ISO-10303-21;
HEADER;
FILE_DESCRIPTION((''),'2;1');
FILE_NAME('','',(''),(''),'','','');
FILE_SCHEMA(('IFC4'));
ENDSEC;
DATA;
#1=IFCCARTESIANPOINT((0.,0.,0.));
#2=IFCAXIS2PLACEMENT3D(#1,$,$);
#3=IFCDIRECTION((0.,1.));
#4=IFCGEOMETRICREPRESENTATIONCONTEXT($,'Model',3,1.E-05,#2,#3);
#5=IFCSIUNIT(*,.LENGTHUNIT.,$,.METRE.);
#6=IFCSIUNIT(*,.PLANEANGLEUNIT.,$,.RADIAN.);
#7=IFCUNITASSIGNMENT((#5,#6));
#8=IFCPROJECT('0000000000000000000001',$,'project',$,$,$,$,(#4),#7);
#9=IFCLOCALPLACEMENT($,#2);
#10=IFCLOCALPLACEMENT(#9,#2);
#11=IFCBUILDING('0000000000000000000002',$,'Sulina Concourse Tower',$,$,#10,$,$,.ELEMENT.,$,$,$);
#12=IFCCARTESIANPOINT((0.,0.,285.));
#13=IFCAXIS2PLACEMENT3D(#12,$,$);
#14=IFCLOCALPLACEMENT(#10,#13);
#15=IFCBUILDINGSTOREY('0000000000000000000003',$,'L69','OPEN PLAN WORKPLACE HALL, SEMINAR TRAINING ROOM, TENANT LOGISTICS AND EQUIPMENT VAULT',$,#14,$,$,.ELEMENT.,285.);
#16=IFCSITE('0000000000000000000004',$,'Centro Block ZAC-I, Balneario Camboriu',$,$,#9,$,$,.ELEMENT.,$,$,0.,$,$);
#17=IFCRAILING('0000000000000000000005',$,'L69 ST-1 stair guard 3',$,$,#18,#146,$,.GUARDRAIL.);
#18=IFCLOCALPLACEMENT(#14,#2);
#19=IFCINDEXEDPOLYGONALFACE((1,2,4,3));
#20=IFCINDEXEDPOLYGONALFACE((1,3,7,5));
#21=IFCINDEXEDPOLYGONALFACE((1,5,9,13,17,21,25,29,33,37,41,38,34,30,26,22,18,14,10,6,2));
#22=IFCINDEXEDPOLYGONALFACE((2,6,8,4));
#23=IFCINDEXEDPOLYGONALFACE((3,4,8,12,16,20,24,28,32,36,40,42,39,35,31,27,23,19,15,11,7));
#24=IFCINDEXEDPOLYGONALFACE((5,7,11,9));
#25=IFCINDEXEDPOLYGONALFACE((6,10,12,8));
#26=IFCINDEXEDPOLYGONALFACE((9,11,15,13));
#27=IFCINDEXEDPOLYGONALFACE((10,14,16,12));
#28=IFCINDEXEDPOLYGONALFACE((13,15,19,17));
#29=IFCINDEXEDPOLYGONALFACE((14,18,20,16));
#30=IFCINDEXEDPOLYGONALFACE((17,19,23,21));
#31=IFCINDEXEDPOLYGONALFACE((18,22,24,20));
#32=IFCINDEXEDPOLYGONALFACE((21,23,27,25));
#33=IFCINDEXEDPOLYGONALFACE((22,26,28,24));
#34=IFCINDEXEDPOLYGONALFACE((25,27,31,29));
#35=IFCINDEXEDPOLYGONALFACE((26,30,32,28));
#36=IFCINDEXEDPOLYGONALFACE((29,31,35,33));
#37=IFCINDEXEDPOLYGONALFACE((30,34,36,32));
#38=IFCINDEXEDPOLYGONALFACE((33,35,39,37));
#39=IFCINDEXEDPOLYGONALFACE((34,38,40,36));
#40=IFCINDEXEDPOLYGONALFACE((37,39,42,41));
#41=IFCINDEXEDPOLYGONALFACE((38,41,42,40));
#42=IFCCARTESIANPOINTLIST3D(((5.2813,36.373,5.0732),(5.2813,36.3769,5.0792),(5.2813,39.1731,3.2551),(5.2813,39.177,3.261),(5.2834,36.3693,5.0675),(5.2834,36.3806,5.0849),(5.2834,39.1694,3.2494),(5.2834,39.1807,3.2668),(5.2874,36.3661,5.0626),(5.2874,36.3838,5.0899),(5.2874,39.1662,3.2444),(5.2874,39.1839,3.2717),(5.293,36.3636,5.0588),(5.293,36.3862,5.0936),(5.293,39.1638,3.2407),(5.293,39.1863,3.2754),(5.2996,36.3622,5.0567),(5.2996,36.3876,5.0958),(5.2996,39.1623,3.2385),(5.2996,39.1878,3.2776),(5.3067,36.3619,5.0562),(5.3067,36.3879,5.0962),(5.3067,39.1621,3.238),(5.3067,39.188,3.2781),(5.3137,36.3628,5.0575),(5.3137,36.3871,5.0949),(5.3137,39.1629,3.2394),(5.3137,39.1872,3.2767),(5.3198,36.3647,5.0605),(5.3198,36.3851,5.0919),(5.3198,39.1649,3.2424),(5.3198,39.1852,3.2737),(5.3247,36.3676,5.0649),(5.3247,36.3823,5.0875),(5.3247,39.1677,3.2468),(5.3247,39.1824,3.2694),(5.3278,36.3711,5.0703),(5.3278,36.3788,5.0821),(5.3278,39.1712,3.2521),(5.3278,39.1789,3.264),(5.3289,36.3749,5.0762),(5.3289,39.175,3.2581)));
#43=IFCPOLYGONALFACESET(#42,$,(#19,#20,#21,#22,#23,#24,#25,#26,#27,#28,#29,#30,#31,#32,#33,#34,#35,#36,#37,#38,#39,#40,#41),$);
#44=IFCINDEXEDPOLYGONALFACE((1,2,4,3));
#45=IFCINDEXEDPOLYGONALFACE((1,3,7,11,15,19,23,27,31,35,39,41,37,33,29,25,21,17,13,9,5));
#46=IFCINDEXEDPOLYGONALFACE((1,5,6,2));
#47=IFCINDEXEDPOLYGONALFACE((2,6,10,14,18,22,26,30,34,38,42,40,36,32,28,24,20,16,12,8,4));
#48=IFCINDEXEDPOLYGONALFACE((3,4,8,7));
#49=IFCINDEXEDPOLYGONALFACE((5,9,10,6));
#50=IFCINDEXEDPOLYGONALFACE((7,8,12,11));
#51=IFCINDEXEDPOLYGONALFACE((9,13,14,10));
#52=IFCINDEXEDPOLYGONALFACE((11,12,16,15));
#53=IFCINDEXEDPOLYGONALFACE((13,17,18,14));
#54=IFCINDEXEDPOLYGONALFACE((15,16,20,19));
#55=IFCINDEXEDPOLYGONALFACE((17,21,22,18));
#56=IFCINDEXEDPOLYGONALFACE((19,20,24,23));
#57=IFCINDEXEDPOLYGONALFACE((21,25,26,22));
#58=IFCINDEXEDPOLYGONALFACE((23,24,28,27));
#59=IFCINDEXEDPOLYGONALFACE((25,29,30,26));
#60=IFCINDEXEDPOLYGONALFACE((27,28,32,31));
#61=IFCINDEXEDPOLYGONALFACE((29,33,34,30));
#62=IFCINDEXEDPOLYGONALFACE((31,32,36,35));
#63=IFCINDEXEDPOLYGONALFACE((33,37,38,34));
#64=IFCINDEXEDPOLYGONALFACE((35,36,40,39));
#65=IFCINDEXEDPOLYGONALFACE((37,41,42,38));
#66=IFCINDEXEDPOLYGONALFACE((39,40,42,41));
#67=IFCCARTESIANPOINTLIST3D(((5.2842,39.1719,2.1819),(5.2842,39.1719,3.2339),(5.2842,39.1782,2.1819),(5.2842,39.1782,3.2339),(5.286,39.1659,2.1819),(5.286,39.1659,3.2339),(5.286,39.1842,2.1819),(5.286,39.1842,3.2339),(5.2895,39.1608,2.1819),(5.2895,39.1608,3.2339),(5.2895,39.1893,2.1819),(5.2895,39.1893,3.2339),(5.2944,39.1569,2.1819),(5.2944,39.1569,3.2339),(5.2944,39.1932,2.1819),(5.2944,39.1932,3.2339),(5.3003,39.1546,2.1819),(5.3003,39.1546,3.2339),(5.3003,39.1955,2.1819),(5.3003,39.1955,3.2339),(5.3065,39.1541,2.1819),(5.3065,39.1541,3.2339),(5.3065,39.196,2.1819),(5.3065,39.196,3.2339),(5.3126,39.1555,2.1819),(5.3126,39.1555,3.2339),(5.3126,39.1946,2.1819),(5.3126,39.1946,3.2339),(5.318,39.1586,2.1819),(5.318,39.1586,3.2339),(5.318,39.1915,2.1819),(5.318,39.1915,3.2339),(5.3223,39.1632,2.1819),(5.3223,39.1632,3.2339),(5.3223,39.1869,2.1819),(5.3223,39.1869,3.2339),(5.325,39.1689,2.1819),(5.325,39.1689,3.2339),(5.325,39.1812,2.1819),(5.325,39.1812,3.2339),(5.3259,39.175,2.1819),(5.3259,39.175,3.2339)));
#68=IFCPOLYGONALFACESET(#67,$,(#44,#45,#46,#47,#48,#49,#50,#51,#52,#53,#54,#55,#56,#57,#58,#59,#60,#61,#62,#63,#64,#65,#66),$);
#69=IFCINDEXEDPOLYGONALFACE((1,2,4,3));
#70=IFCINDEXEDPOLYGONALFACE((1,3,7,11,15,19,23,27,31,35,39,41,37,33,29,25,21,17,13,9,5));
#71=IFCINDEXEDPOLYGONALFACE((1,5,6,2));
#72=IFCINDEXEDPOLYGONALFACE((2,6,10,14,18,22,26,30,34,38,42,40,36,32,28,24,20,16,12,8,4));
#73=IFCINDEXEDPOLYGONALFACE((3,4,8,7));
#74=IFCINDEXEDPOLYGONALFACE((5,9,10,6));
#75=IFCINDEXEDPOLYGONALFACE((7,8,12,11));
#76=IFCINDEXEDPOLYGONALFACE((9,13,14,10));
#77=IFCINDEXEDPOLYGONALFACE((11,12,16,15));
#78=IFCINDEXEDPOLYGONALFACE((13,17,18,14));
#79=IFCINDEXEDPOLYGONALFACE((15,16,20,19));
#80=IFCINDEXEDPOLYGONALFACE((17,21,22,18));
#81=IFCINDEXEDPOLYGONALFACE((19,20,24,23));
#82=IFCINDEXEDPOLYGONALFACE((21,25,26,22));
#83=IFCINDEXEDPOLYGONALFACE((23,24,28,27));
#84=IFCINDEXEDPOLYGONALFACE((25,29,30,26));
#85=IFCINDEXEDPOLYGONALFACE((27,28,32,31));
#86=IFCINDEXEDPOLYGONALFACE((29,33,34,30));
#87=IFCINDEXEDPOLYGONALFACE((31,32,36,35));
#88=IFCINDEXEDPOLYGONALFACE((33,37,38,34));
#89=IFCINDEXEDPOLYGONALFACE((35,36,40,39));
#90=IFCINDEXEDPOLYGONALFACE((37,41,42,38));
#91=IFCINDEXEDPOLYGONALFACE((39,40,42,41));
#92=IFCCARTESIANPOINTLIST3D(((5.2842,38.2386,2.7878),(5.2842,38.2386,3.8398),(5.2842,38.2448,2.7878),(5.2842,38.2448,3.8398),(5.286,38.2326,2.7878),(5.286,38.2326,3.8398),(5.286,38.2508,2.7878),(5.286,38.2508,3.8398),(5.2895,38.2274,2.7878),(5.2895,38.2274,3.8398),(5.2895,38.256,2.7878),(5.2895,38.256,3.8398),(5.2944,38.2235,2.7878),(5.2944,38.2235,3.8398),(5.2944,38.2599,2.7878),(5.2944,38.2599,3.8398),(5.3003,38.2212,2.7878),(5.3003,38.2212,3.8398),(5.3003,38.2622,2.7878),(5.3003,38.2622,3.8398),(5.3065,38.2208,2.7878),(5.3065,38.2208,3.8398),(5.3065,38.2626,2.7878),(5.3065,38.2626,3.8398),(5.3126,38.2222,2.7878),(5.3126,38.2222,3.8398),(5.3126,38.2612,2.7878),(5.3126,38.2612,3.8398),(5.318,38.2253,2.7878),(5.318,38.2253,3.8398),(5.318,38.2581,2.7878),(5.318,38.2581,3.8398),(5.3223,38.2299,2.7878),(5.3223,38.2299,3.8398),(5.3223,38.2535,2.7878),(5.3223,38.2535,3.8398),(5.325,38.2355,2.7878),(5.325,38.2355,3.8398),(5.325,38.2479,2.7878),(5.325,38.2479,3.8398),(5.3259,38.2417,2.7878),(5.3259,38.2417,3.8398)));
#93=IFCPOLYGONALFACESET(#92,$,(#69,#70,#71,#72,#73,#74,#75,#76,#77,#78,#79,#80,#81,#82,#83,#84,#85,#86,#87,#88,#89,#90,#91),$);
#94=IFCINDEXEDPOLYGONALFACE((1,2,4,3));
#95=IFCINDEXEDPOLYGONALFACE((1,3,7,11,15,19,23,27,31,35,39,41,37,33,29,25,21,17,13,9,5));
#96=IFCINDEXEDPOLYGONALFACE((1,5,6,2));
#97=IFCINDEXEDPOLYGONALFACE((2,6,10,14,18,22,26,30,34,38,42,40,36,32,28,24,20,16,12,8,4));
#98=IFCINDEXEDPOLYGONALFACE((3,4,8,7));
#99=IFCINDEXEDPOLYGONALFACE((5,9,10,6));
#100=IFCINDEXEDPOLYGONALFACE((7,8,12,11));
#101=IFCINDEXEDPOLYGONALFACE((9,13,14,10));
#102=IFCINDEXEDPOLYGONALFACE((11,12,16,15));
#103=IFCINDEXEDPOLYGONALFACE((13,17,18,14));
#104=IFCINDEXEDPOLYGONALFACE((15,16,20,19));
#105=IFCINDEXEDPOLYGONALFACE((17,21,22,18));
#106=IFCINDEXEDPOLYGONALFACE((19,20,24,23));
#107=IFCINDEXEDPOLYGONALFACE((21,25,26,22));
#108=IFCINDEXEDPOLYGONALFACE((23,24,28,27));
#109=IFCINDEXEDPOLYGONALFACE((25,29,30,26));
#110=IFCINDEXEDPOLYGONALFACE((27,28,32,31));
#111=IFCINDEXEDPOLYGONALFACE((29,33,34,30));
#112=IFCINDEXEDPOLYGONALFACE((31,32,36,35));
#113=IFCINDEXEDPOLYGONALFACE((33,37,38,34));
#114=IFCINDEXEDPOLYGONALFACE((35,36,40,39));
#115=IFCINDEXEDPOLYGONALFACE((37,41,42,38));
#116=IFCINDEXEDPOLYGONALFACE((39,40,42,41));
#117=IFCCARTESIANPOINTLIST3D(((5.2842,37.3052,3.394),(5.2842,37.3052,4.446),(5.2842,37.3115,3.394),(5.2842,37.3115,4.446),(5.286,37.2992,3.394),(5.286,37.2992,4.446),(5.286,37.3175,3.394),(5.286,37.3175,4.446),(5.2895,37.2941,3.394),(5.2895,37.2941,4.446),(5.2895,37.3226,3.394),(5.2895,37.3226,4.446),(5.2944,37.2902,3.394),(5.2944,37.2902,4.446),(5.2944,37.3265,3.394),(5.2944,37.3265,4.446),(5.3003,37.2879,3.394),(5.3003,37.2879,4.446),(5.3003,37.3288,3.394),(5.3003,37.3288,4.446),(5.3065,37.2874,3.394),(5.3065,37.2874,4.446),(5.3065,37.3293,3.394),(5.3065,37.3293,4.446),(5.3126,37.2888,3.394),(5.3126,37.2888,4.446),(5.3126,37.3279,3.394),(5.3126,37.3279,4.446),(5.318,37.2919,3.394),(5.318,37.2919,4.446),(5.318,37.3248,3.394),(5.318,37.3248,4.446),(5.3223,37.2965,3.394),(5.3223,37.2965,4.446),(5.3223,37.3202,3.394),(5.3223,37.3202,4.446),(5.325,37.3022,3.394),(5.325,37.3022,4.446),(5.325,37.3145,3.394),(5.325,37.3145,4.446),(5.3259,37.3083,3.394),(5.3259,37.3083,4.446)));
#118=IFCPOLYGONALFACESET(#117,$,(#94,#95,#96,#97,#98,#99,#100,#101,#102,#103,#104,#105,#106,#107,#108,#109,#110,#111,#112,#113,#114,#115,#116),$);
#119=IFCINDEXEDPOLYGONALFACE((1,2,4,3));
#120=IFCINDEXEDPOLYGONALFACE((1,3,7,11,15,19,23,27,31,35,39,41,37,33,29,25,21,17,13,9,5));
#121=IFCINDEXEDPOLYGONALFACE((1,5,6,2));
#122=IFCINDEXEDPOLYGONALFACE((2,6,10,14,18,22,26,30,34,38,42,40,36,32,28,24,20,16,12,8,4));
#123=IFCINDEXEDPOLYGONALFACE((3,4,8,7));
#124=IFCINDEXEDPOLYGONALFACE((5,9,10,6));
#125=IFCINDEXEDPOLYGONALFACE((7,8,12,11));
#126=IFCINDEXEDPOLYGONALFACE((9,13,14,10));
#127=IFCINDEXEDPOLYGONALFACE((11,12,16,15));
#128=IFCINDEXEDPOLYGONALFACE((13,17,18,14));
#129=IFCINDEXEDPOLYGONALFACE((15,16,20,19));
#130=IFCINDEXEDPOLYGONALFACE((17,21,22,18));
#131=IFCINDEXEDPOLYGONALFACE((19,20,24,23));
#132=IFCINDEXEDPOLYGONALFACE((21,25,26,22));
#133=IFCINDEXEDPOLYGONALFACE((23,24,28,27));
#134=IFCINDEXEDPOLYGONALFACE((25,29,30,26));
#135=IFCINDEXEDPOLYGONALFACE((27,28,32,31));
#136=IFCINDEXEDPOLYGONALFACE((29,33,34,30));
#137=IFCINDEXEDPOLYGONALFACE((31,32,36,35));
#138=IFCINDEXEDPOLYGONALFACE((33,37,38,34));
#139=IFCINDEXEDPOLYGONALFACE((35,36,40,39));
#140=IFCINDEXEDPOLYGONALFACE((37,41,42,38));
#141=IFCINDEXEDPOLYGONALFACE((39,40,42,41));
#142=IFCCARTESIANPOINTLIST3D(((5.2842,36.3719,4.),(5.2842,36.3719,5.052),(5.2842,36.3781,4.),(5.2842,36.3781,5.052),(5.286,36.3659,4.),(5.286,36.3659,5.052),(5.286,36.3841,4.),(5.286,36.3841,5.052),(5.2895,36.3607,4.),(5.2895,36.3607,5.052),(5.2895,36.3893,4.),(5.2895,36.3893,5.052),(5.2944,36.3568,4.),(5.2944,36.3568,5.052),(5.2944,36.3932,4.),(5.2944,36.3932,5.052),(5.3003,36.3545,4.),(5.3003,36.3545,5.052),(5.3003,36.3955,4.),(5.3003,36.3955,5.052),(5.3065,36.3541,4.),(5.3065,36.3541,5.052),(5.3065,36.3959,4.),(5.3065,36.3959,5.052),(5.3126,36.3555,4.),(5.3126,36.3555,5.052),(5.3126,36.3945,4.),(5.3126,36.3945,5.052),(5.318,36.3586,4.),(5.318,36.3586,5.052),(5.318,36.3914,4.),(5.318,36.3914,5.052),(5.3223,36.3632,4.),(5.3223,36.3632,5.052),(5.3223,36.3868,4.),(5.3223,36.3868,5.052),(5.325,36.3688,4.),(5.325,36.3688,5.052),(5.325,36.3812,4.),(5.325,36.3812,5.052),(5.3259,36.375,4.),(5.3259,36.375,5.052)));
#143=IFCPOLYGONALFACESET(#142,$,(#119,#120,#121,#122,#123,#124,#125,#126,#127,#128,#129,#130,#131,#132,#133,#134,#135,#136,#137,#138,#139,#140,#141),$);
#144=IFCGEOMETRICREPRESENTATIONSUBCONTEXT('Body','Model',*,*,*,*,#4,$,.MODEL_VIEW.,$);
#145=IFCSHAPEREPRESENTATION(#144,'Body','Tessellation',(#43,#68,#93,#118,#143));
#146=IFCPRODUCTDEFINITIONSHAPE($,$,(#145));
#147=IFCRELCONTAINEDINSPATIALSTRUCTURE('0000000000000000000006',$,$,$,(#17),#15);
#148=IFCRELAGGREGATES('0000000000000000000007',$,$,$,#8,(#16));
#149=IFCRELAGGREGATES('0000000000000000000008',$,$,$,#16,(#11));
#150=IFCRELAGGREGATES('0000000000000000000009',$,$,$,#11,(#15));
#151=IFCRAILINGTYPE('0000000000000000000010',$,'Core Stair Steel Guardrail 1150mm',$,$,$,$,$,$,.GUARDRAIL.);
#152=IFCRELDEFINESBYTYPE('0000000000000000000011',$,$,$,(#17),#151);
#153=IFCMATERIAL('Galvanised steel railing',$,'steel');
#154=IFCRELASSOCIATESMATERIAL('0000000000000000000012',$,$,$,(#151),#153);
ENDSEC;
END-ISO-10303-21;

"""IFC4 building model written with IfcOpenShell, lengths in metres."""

from ifc_helpers import new_model, si_unit, direction, frame, origin, origin_2d, place, context, subcontext, project, spatial, circle, extrude, material, type_object, element, save


model = new_model("IFC4")

# Units and contexts
model_context = context("Model", 3, precision=1e-05, world=origin(), true_north=direction((0.0, 1.0)))
body_context = subcontext(model_context, "Body", "Model", "MODEL_VIEW")
ifc_project = project(units=[si_unit("LENGTHUNIT", "METRE"), si_unit("PLANEANGLEUNIT", "RADIAN")], contexts=[model_context])

# Site, building, storey
site_placement = place(None, origin())
site = spatial("IfcSite", under=ifc_project, at=site_placement, Name="Centro Block ZAC-I, Balneario Camboriu", CompositionType="ELEMENT", RefElevation=0.0)
building_placement = place(site_placement, origin())
building = spatial("IfcBuilding", under=site, at=building_placement, Name="Sulina Concourse Tower", CompositionType="ELEMENT")
storey_placement = place(building_placement, frame((0.0, 0.0, 285.0)))
storey = spatial("IfcBuildingStorey", under=building, at=storey_placement, Name="L69", Description="OPEN PLAN WORKPLACE HALL, SEMINAR TRAINING ROOM, TENANT LOGISTICS AND EQUIPMENT VAULT", CompositionType="ELEMENT", Elevation=285.0)

# Railing
ifc_material_1 = material(Name="Galvanised steel railing", Category="steel")
railing_type_1 = type_object("IfcRailingType", Name="Core Stair Steel Guardrail 1150mm", PredefinedType="GUARDRAIL", material=ifc_material_1)
railing_1_placement = place(storey_placement, frame((5.3049, 39.175, 2.1819)))
element("IfcRailing", 1, at=railing_1_placement, inside=storey, type_object=railing_type_1, Name="L69 ST-1 stair guard 3", PredefinedType="GUARDRAIL", context=body_context, shape_type="SweptSolid", body=[
    extrude(circle(Radius=0.0239, at=origin_2d()), frame((0.0, 0.0, 1.0762), z_axis=(0.0, -0.838706, 0.544585), x_axis=(1.0, 0.0, 0.0)), (0.0, 0.0, 1.0), 3.3386),
    extrude(circle(Radius=0.021, at=origin_2d()), origin(), (0.0, 0.0, 1.0), 1.052),
    extrude(circle(Radius=0.021, at=origin_2d()), frame((0.0, -0.9333, 0.606)), (0.0, 0.0, 1.0), 1.052),
    extrude(circle(Radius=0.021, at=origin_2d()), frame((0.0, -1.8667, 1.2122)), (0.0, 0.0, 1.0), 1.052),
    extrude(circle(Radius=0.021, at=origin_2d()), frame((0.0, -2.8, 1.8181)), (0.0, 0.0, 1.0), 1.052),
])

save(model, "model.ifc")
